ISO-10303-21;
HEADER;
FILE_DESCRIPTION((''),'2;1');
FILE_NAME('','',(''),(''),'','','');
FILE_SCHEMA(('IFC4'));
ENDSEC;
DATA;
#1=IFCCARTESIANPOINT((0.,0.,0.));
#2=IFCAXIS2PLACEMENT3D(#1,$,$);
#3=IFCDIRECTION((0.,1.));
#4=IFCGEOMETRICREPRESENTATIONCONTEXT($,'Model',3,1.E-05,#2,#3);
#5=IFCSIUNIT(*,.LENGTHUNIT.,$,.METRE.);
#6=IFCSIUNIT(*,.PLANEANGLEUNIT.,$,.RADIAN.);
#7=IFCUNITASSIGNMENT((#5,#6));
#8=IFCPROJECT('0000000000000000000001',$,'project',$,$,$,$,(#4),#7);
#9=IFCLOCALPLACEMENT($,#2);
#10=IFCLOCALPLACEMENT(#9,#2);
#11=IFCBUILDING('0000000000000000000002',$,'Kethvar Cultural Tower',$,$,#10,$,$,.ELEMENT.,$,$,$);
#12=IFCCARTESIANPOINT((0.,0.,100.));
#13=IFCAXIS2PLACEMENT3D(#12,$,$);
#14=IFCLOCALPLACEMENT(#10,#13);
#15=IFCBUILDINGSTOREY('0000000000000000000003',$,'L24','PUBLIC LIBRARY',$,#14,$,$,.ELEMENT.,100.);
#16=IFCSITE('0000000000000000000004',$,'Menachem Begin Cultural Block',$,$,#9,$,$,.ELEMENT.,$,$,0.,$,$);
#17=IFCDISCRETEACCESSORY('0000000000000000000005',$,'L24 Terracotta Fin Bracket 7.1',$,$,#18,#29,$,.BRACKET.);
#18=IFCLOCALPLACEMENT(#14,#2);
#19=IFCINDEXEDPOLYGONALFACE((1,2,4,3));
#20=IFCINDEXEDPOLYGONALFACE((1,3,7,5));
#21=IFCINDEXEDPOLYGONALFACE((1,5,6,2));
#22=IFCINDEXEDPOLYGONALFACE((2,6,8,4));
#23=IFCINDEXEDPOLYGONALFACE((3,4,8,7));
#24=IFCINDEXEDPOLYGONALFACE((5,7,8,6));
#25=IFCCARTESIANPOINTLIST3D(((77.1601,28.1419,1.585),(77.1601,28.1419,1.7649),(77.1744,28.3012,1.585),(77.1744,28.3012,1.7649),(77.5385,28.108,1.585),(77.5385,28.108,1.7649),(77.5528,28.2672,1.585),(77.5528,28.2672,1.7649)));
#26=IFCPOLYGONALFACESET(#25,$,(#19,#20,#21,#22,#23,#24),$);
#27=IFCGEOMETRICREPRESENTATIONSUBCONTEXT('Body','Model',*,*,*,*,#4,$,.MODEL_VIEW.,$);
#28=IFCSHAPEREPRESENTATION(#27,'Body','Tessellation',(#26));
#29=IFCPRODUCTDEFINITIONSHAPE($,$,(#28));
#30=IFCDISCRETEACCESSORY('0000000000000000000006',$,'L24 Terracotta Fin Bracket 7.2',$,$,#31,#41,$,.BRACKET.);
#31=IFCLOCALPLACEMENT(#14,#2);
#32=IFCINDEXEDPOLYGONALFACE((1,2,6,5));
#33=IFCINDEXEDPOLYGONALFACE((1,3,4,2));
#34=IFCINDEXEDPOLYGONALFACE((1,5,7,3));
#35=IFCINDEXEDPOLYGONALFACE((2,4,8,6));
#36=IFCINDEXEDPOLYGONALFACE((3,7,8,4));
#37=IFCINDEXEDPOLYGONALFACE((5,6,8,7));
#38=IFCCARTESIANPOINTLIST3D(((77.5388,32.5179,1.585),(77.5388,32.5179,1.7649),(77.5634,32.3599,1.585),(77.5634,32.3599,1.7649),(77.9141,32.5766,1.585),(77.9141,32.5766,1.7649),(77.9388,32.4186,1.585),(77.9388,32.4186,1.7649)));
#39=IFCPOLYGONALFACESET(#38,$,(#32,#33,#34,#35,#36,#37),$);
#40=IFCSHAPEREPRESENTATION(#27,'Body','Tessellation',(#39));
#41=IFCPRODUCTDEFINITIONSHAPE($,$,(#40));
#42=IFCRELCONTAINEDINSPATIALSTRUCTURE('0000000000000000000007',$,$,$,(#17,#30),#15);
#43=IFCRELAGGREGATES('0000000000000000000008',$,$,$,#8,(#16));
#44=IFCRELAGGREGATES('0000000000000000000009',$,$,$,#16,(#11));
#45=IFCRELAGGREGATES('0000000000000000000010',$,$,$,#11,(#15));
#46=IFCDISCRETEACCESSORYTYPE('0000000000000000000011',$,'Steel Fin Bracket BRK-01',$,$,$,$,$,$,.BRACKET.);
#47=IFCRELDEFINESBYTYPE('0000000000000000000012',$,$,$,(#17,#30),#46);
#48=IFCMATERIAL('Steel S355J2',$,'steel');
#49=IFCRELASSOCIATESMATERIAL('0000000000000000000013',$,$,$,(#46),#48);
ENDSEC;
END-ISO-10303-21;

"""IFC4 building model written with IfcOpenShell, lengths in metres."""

from ifc_helpers import new_model, si_unit, direction, frame, origin, origin_2d, place, context, subcontext, project, spatial, rectangle, extrude, source, transform, mapped, material, type_object, element, save


model = new_model("IFC4")

# Units and contexts
model_context = context("Model", 3, precision=1e-05, world=origin(), true_north=direction((0.0, 1.0)))
body_context = subcontext(model_context, "Body", "Model", "MODEL_VIEW")
ifc_project = project(units=[si_unit("LENGTHUNIT", "METRE"), si_unit("PLANEANGLEUNIT", "RADIAN")], contexts=[model_context])

# Site, building, storey
site_placement = place(None, origin())
site = spatial("IfcSite", under=ifc_project, at=site_placement, Name="Menachem Begin Cultural Block", CompositionType="ELEMENT", RefElevation=0.0)
building_placement = place(site_placement, origin())
building = spatial("IfcBuilding", under=site, at=building_placement, Name="Kethvar Cultural Tower", CompositionType="ELEMENT")
storey_placement = place(building_placement, frame((0.0, 0.0, 100.0)))
storey = spatial("IfcBuildingStorey", under=building, at=storey_placement, Name="L24", Description="PUBLIC LIBRARY", CompositionType="ELEMENT", Elevation=100.0)

# Shared definitions
ifc_material_1 = material(Name="Steel S355J2", Category="steel")

# Discrete accessories
discrete_accessory_type = type_object("IfcDiscreteAccessoryType", Name="Steel Fin Bracket BRK-01", PredefinedType="BRACKET", material=ifc_material_1)
shared_shape_1 = source(origin(), body_context, "Body", "SweptSolid", [
    extrude(rectangle(XDim=0.3799, YDim=0.1599, at=origin_2d()), origin(), (0.0, 0.0, 1.0), 0.1799),
])
for number, where, z_axis, x_axis, name in (
    (1, (77.3564, 28.2046, 1.585), (0.0, 0.0, 1.0), (0.995994, -0.089416, 0.0), "L24 Terracotta Fin Bracket 7.1"),
    (2, (77.7388, 32.4683, 1.585), (0.0, 0.0, 1.0), (0.988014, 0.154366, 0.0), "L24 Terracotta Fin Bracket 7.2"),
):
    element("IfcDiscreteAccessory", number, at=place(storey_placement, frame(where, z_axis=z_axis, x_axis=x_axis)), inside=storey, type_object=discrete_accessory_type, Name=name, PredefinedType="BRACKET", context=body_context, shape_type="MappedRepresentation", body=[
        mapped(shared_shape_1, transform((0.0, 0.0, 0.0), scale=1.0)),
    ])

save(model, "model.ifc")
